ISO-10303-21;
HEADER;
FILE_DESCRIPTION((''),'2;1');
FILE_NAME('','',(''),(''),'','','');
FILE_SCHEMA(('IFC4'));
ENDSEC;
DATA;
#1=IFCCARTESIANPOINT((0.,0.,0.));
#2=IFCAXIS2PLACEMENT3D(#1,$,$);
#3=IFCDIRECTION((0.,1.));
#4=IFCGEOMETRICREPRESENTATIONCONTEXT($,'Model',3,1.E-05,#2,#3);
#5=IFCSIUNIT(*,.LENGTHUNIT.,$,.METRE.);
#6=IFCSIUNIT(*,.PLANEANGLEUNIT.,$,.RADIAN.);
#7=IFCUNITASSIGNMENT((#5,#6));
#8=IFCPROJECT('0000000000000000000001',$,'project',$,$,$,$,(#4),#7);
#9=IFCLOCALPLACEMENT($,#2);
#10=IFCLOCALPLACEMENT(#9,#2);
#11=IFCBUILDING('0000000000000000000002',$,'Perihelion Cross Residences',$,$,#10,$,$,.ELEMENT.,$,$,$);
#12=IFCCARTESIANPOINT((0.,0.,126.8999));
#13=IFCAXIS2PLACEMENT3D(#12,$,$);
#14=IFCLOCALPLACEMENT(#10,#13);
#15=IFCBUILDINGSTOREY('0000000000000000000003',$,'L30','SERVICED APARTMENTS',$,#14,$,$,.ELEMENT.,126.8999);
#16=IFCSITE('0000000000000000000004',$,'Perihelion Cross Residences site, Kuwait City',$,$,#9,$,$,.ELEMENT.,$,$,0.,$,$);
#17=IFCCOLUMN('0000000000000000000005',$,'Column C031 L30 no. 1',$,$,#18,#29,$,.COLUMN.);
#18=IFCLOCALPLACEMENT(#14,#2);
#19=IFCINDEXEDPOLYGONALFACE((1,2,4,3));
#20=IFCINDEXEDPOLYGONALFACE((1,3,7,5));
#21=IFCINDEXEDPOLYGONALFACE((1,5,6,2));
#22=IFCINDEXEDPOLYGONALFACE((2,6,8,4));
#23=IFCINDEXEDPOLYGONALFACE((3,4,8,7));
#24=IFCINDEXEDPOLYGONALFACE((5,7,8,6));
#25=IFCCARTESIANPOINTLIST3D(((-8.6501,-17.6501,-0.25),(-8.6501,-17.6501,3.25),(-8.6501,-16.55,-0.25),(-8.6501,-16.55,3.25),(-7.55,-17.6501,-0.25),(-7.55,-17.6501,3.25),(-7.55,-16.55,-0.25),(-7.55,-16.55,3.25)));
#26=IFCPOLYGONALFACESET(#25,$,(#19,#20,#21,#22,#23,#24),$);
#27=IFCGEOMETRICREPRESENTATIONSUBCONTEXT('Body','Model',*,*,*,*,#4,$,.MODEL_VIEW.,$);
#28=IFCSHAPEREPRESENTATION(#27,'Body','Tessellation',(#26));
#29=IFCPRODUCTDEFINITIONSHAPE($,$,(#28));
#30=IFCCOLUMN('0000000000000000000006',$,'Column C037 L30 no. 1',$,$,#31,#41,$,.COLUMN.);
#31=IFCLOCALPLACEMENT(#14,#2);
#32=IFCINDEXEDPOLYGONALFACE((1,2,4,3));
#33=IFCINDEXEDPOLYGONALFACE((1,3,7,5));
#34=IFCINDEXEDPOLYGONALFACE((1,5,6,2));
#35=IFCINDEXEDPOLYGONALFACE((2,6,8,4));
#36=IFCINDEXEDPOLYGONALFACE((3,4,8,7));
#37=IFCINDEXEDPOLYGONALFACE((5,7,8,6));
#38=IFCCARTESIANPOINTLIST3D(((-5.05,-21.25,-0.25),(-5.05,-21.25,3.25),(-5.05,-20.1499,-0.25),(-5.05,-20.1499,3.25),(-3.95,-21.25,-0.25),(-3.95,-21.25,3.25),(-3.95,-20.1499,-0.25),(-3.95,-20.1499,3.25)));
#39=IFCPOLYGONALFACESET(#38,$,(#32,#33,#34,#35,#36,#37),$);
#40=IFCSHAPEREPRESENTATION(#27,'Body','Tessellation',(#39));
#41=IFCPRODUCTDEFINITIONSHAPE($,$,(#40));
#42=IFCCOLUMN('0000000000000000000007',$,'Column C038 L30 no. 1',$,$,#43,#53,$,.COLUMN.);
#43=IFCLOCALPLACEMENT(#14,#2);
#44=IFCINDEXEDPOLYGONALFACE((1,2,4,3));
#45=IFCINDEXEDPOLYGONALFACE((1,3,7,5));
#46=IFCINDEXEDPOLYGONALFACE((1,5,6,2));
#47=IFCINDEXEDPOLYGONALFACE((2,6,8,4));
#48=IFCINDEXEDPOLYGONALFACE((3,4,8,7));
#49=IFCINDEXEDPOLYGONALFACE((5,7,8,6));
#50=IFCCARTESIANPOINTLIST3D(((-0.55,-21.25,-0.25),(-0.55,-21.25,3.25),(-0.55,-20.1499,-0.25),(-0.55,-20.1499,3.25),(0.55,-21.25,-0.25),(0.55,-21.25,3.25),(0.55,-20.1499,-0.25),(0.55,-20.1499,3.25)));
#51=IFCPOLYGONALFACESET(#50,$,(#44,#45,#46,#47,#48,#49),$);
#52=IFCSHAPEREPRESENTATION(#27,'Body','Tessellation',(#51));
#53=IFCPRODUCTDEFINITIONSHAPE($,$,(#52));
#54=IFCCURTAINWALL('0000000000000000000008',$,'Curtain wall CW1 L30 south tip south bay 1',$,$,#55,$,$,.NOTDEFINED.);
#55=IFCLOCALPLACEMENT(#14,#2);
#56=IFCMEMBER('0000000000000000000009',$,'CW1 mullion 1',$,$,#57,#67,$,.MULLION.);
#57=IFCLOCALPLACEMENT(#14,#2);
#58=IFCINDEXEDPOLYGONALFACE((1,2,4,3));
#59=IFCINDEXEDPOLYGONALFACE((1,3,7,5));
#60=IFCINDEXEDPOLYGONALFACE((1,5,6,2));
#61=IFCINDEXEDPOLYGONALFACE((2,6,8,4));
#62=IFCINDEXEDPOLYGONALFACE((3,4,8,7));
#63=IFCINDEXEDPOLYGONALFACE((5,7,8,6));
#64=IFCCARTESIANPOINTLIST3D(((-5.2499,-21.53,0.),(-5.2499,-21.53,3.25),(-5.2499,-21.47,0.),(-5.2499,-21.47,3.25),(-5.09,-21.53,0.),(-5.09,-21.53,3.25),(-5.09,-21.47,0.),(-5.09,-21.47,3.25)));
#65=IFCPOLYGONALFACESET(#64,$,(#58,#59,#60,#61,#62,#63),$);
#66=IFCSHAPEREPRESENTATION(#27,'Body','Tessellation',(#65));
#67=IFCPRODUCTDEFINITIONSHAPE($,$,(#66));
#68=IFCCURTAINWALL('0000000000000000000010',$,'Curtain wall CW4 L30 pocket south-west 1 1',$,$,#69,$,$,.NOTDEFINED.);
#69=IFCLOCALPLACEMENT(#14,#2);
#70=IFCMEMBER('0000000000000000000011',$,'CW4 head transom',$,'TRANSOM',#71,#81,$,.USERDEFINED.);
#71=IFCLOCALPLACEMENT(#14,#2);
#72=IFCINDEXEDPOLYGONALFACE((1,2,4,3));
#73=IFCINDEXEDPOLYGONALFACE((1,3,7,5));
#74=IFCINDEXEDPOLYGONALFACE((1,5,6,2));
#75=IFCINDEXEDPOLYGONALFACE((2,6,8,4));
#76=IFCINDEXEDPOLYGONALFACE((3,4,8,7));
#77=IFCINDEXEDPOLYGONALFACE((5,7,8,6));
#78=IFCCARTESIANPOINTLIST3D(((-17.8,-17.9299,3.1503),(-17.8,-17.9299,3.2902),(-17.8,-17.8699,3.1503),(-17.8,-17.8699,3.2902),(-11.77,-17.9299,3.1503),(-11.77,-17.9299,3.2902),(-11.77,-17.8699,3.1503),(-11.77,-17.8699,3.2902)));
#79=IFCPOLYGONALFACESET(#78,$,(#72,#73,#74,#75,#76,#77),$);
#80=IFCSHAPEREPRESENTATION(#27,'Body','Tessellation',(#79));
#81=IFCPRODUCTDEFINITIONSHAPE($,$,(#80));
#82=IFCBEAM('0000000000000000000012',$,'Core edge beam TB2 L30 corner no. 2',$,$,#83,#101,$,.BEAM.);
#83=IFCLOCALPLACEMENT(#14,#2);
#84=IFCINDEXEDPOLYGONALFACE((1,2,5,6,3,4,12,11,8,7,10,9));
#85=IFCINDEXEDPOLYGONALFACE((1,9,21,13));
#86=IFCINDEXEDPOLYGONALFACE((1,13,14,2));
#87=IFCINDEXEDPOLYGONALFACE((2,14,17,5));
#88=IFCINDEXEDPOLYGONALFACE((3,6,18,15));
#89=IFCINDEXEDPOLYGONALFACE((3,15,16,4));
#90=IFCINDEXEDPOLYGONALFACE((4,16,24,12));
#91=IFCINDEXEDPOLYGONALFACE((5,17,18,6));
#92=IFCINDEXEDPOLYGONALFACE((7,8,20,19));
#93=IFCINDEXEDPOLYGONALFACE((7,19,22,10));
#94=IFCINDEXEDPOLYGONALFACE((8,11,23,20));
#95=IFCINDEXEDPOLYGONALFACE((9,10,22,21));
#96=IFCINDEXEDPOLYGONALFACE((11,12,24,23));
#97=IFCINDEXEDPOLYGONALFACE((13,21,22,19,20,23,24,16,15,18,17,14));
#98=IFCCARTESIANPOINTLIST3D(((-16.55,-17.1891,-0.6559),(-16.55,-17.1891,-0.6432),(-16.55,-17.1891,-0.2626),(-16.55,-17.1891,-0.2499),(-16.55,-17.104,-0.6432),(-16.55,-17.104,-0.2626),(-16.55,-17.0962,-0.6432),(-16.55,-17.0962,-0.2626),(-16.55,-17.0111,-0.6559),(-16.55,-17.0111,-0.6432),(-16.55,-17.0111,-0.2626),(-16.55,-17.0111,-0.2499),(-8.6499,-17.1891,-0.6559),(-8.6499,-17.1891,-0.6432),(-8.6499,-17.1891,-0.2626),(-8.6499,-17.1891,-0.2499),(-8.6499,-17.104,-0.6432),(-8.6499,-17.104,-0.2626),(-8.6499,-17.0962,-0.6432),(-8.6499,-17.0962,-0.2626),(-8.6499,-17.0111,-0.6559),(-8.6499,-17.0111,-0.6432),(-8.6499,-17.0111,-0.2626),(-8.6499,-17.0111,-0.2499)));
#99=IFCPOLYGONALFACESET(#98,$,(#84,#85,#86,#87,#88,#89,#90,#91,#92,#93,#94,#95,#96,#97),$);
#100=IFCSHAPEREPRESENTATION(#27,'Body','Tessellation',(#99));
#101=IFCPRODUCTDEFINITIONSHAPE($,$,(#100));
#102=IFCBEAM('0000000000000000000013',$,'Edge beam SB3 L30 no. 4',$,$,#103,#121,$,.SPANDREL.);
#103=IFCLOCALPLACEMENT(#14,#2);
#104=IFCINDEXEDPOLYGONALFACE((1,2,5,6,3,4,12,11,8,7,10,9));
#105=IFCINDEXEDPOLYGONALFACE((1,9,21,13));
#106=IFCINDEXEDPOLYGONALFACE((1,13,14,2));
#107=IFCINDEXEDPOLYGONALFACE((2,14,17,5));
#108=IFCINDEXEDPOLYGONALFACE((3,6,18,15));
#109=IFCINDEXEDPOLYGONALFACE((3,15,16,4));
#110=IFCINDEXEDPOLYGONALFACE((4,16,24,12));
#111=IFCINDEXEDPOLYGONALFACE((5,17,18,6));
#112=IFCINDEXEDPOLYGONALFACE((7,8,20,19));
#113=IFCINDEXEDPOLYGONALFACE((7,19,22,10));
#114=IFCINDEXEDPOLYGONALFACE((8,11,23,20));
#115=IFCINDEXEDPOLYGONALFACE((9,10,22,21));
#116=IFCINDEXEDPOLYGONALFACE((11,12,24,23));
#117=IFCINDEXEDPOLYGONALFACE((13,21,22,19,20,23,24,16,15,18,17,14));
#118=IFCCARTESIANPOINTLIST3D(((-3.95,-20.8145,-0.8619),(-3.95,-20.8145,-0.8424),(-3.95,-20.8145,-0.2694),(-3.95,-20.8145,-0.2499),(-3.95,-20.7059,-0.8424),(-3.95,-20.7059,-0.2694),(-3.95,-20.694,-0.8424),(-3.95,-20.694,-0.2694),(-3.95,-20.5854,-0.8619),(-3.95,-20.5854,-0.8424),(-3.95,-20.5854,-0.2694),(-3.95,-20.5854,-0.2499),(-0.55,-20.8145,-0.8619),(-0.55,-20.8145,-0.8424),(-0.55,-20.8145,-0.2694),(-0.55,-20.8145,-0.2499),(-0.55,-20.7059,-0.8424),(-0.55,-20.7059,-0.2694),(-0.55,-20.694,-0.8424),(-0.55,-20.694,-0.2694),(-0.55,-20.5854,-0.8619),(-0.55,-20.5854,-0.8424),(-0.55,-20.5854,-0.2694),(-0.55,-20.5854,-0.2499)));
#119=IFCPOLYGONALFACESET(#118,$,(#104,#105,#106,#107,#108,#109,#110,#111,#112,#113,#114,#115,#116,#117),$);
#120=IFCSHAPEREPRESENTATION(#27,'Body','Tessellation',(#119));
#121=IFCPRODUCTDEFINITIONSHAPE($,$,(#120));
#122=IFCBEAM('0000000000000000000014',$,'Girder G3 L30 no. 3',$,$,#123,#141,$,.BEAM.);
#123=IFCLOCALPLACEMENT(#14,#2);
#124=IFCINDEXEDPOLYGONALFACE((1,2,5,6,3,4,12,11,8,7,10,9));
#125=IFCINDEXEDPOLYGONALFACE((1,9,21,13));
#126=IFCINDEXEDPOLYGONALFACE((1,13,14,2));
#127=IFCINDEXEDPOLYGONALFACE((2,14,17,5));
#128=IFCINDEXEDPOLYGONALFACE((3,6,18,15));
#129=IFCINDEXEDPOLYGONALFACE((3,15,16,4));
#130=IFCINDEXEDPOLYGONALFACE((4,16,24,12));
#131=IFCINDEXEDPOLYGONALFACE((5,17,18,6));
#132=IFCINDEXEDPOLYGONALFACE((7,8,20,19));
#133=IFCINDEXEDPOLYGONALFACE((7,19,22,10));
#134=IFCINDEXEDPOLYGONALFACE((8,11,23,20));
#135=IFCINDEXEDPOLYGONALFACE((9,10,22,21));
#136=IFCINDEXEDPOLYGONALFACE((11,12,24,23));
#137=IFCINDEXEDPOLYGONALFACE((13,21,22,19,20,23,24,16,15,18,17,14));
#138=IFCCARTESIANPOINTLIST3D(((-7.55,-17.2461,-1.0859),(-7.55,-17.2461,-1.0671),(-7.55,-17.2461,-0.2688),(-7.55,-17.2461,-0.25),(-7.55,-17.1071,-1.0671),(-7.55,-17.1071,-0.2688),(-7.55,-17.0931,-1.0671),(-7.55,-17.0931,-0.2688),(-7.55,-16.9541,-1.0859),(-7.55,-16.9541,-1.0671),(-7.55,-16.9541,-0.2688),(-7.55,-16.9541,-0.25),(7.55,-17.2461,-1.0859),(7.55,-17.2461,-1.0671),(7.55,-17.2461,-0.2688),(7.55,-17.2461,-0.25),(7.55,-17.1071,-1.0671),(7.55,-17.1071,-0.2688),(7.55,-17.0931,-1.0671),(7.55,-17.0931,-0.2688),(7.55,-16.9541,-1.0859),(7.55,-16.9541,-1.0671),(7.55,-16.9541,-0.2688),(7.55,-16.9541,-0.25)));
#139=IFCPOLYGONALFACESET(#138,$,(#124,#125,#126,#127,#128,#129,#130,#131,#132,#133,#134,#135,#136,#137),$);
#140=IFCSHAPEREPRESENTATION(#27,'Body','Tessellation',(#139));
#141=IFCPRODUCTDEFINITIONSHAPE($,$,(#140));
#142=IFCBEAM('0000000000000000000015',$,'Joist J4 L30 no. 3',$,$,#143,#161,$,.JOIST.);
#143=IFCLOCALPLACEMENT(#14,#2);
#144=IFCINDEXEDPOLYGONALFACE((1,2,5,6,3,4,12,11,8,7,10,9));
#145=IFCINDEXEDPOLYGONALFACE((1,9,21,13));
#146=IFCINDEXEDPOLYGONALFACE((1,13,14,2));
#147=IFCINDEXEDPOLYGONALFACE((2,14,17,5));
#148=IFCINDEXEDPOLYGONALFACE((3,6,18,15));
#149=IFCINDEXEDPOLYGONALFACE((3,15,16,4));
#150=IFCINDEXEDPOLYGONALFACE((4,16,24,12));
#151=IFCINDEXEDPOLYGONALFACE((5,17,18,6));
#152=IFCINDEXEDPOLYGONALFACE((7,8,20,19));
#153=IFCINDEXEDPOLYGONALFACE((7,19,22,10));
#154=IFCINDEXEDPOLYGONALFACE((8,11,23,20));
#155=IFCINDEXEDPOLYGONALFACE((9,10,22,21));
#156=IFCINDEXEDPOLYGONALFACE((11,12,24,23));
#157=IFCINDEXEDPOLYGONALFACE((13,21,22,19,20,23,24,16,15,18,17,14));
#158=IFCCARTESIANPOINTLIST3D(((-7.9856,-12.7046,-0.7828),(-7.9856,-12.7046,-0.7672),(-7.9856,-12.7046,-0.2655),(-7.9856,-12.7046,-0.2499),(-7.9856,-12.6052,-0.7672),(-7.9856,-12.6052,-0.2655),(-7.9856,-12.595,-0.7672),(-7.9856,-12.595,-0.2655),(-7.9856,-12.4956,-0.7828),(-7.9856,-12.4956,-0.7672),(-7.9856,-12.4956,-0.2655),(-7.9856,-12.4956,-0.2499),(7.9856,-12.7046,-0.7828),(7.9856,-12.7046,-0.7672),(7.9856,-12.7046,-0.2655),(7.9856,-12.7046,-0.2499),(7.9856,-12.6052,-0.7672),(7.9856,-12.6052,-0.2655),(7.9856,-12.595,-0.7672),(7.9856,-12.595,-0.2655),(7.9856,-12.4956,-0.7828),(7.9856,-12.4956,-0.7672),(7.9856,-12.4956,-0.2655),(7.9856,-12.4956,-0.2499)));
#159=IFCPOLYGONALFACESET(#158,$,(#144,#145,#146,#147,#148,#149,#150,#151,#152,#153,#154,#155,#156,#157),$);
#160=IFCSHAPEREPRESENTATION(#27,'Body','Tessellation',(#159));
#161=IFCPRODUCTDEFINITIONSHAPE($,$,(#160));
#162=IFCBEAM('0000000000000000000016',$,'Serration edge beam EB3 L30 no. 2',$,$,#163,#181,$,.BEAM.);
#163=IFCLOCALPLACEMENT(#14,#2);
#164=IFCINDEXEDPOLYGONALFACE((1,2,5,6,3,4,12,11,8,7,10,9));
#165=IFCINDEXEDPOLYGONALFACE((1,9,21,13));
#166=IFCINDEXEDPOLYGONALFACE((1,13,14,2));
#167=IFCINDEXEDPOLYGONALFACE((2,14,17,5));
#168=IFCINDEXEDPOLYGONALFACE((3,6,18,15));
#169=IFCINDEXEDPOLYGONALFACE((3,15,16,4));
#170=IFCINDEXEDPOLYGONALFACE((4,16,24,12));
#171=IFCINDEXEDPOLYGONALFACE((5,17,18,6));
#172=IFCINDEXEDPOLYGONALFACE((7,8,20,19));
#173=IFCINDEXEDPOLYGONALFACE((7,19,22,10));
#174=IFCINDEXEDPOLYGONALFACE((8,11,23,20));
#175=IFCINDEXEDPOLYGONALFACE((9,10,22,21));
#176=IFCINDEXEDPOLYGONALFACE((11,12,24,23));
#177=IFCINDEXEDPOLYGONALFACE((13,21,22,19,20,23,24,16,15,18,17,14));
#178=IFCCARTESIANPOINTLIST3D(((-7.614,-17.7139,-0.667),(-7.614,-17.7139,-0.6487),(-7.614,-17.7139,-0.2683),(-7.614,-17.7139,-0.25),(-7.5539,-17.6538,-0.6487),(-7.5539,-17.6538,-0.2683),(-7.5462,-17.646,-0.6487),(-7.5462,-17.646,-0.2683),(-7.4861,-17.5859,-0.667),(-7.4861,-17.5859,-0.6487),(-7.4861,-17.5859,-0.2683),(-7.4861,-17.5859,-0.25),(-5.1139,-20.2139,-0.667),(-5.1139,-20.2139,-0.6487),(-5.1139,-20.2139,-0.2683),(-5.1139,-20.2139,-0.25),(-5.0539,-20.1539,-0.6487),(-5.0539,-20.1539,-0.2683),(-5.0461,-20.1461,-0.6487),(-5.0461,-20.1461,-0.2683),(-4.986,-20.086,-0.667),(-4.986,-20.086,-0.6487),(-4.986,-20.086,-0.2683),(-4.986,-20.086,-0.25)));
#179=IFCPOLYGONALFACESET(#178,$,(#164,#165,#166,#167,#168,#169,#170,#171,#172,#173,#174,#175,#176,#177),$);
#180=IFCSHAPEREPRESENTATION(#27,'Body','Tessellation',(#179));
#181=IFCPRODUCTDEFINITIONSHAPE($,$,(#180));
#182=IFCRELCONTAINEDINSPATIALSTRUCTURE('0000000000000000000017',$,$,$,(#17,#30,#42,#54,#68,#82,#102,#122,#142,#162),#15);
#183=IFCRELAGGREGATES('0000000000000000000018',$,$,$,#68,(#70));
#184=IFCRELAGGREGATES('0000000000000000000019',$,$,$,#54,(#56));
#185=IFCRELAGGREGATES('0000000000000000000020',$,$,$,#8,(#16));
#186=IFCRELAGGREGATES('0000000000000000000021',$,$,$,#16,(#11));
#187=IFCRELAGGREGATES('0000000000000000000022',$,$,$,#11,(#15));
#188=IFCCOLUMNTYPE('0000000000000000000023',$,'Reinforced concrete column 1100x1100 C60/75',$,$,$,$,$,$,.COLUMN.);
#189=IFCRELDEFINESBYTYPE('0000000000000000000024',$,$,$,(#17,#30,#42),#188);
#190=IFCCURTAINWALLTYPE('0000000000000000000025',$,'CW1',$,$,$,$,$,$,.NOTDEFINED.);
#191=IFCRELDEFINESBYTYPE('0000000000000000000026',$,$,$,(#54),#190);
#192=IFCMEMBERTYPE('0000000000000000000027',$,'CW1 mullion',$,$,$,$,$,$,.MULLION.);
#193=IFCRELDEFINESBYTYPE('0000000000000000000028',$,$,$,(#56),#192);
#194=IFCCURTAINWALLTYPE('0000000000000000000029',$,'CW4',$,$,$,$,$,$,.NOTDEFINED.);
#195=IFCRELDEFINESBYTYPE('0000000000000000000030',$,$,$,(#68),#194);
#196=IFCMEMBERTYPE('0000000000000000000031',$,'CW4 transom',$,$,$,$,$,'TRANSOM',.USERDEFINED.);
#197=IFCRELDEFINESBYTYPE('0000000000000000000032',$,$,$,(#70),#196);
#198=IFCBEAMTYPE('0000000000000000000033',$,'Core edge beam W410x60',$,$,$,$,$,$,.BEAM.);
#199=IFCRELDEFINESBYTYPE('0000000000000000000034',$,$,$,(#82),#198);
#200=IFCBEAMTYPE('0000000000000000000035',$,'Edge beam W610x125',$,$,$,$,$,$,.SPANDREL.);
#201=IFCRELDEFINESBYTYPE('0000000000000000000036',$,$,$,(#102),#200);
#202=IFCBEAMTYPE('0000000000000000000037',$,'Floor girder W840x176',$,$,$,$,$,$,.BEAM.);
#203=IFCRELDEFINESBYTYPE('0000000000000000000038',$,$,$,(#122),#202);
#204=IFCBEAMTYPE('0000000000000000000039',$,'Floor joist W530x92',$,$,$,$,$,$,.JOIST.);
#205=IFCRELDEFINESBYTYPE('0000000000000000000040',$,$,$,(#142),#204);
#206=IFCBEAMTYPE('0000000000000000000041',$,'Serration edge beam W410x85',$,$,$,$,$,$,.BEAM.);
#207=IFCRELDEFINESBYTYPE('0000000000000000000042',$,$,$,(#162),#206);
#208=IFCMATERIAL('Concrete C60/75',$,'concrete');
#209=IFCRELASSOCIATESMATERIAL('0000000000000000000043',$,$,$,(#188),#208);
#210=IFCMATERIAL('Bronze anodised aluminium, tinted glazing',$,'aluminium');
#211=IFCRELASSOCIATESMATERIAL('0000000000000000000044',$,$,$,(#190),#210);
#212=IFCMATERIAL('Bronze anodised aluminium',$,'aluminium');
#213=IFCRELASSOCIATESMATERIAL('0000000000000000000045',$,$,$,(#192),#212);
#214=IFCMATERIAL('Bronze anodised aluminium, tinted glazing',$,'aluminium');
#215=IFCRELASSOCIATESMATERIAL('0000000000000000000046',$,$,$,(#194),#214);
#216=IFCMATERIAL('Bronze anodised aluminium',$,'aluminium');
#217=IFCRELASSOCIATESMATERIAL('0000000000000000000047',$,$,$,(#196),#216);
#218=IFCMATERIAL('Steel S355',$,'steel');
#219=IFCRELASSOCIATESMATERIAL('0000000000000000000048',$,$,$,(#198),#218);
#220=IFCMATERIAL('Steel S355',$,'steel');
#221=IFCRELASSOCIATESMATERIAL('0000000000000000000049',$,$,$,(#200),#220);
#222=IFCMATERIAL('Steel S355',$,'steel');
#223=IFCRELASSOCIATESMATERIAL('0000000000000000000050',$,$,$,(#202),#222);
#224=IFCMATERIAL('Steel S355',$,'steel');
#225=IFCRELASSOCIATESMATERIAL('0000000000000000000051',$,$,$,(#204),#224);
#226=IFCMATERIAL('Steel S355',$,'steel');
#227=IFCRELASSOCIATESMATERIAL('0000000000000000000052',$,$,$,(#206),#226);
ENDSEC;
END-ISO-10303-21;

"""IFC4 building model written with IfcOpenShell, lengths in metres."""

from ifc_helpers import new_model, si_unit, direction, frame, origin, origin_2d, place, context, subcontext, project, spatial, rectangle, i_section, extrude, material, material_profile, profile_set, type_object, element, aggregate, save


model = new_model("IFC4")

# Units and contexts
model_context = context("Model", 3, precision=1e-05, world=origin(), true_north=direction((0.0, 1.0)))
body_context = subcontext(model_context, "Body", "Model", "MODEL_VIEW")
ifc_project = project(units=[si_unit("LENGTHUNIT", "METRE"), si_unit("PLANEANGLEUNIT", "RADIAN")], contexts=[model_context])

# Site, building, storey
site_placement = place(None, origin())
site = spatial("IfcSite", under=ifc_project, at=site_placement, Name="Perihelion Cross Residences site, Kuwait City", CompositionType="ELEMENT", RefElevation=0.0)
building_placement = place(site_placement, origin())
building = spatial("IfcBuilding", under=site, at=building_placement, Name="Perihelion Cross Residences", CompositionType="ELEMENT")
storey_placement = place(building_placement, frame((0.0, 0.0, 126.8999)))
storey = spatial("IfcBuildingStorey", under=building, at=storey_placement, Name="L30", Description="SERVICED APARTMENTS", CompositionType="ELEMENT", Elevation=126.8999)

# Columns
ifc_material_1 = material(Name="Concrete C60/75", Category="concrete")
ifc_material_profile_1 = material_profile(ifc_material_1, rectangle(XDim=1.1001, YDim=1.1001, at=origin_2d()), Name="RC 1100x1100")
ifc_profile_set_1 = profile_set([ifc_material_profile_1], Name="Concrete C60/75")
column_type = type_object("IfcColumnType", Name="Reinforced concrete column 1100x1100 C60/75", PredefinedType="COLUMN", material=ifc_profile_set_1)
for number, where, z_axis, x_axis, name in (
    (1, (-8.1001, -17.1001, -0.25), (0.0, 0.0, 1.0), (1.0, 0.0, 0.0), "Column C031 L30 no. 1"),
    (2, (-4.5, -20.7, -0.25), (0.0, 0.0, 1.0), (1.0, 0.0, 0.0), "Column C037 L30 no. 1"),
    (3, (0.0, -20.7, -0.25), (0.0, 0.0, 1.0), (1.0, 0.0, 0.0), "Column C038 L30 no. 1"),
):
    element("IfcColumn", number, at=place(storey_placement, frame(where, z_axis=z_axis, x_axis=x_axis)), inside=storey, type_object=column_type, Name=name, PredefinedType="COLUMN", context=body_context, shape_type="SweptSolid", body=[
        extrude(rectangle(XDim=1.1001, YDim=1.1001, at=origin_2d()), origin(), (0.0, 0.0, 1.0), 3.5),
    ])

# Curtain walls, members
ifc_material_2 = material(Name="Bronze anodised aluminium, tinted glazing", Category="aluminium")
curtain_wall_type_1 = type_object("IfcCurtainWallType", Name="CW1", PredefinedType="NOTDEFINED", material=ifc_material_2)
curtain_wall_1_placement = place(storey_placement, origin())
curtain_wall_1 = element("IfcCurtainWall", 4, at=curtain_wall_1_placement, inside=storey, type_object=curtain_wall_type_1, Name="Curtain wall CW1 L30 south tip south bay 1", PredefinedType="NOTDEFINED")
ifc_material_3 = material(Name="Bronze anodised aluminium", Category="aluminium")
ifc_material_profile_2 = material_profile(ifc_material_3, rectangle(XDim=0.0601, YDim=0.1599, at=origin_2d()), Name="CW1 mullion")
ifc_profile_set_2 = profile_set([ifc_material_profile_2], Name="Bronze anodised aluminium")
member_type_1 = type_object("IfcMemberType", Name="CW1 mullion", PredefinedType="MULLION", material=ifc_profile_set_2)
member_1_placement = place(storey_placement, frame((-5.1699, -21.5, 0.0), z_axis=(0.0, 0.0, 1.0), x_axis=(0.0, 1.0, 0.0)))
member_1 = element("IfcMember", 5, at=member_1_placement, type_object=member_type_1, Name="CW1 mullion 1", PredefinedType="MULLION", context=body_context, shape_type="SweptSolid", body=[
    extrude(rectangle(XDim=0.0601, YDim=0.1599, at=origin_2d()), origin(), (0.0, 0.0, 1.0), 3.25),
])
ifc_material_4 = material(Name="Bronze anodised aluminium, tinted glazing", Category="aluminium")
curtain_wall_type_2 = type_object("IfcCurtainWallType", Name="CW4", PredefinedType="NOTDEFINED", material=ifc_material_4)
curtain_wall_2_placement = place(storey_placement, origin())
curtain_wall_2 = element("IfcCurtainWall", 6, at=curtain_wall_2_placement, inside=storey, type_object=curtain_wall_type_2, Name="Curtain wall CW4 L30 pocket south-west 1 1", PredefinedType="NOTDEFINED")
ifc_material_5 = material(Name="Bronze anodised aluminium", Category="aluminium")
ifc_material_profile_3 = material_profile(ifc_material_5, rectangle(XDim=0.0601, YDim=0.1399, at=origin_2d()), Name="CW4 transom")
ifc_profile_set_3 = profile_set([ifc_material_profile_3], Name="Bronze anodised aluminium")
member_type_2 = type_object("IfcMemberType", Name="CW4 transom", ElementType="TRANSOM", PredefinedType="USERDEFINED", material=ifc_profile_set_3)
member_2_placement = place(storey_placement, frame((-11.77, -17.8999, 3.2202), z_axis=(-1.0, 0.0, 0.0), x_axis=(0.0, -1.0, 0.0)))
member_2 = element("IfcMember", 7, at=member_2_placement, type_object=member_type_2, Name="CW4 head transom", ObjectType="TRANSOM", PredefinedType="USERDEFINED", context=body_context, shape_type="SweptSolid", body=[
    extrude(rectangle(XDim=0.0601, YDim=0.1399, at=origin_2d()), origin(), (0.0, 0.0, 1.0), 6.03),
])
aggregate(curtain_wall_2, [member_2])

# Beams
ifc_material_6 = material(Name="Steel S355", Category="steel")
ifc_material_profile_4 = material_profile(ifc_material_6, i_section(OverallWidth=0.178, OverallDepth=0.406, WebThickness=0.0078, FlangeThickness=0.0127, at=origin_2d()), Name="W410x60")
ifc_profile_set_4 = profile_set([ifc_material_profile_4], Name="Steel S355")
beam_type_1 = type_object("IfcBeamType", Name="Core edge beam W410x60", PredefinedType="BEAM", material=ifc_profile_set_4)
beam_1_placement = place(storey_placement, frame((-8.6499, -17.1001, -0.4529), z_axis=(-1.0, 0.0, 0.0), x_axis=(0.0, -1.0, 0.0)))
element("IfcBeam", 8, at=beam_1_placement, inside=storey, type_object=beam_type_1, Name="Core edge beam TB2 L30 corner no. 2", PredefinedType="BEAM", context=body_context, shape_type="SweptSolid", body=[
    extrude(i_section(OverallWidth=0.178, OverallDepth=0.406, WebThickness=0.0078, FlangeThickness=0.0127, at=origin_2d()), origin(), (0.0, 0.0, 1.0), 7.9001),
])
ifc_material_7 = material(Name="Steel S355", Category="steel")
ifc_material_profile_5 = material_profile(ifc_material_7, i_section(OverallWidth=0.229, OverallDepth=0.6121, WebThickness=0.012, FlangeThickness=0.0195, at=origin_2d()), Name="W610x125")
ifc_profile_set_5 = profile_set([ifc_material_profile_5], Name="Steel S355")
beam_type_2 = type_object("IfcBeamType", Name="Edge beam W610x125", PredefinedType="SPANDREL", material=ifc_profile_set_5)
beam_2_placement = place(storey_placement, frame((-3.95, -20.7, -0.5559), z_axis=(1.0, 0.0, 0.0), x_axis=(0.0, 1.0, 0.0)))
element("IfcBeam", 9, at=beam_2_placement, inside=storey, type_object=beam_type_2, Name="Edge beam SB3 L30 no. 4", PredefinedType="SPANDREL", context=body_context, shape_type="SweptSolid", body=[
    extrude(i_section(OverallWidth=0.229, OverallDepth=0.6121, WebThickness=0.012, FlangeThickness=0.0195, at=origin_2d()), origin(), (0.0, 0.0, 1.0), 3.3999),
])
ifc_material_8 = material(Name="Steel S355", Category="steel")
ifc_material_profile_6 = material_profile(ifc_material_8, i_section(OverallWidth=0.292, OverallDepth=0.8359, WebThickness=0.0139, FlangeThickness=0.0188, at=origin_2d()), Name="W840x176")
ifc_profile_set_6 = profile_set([ifc_material_profile_6], Name="Steel S355")
beam_type_3 = type_object("IfcBeamType", Name="Floor girder W840x176", PredefinedType="BEAM", material=ifc_profile_set_6)
beam_3_placement = place(storey_placement, frame((-7.55, -17.1001, -0.668), z_axis=(1.0, 0.0, 0.0), x_axis=(0.0, 1.0, 0.0)))
element("IfcBeam", 10, at=beam_3_placement, inside=storey, type_object=beam_type_3, Name="Girder G3 L30 no. 3", PredefinedType="BEAM", context=body_context, shape_type="SweptSolid", body=[
    extrude(i_section(OverallWidth=0.292, OverallDepth=0.8359, WebThickness=0.0139, FlangeThickness=0.0188, at=origin_2d()), origin(), (0.0, 0.0, 1.0), 15.1001),
])
ifc_material_9 = material(Name="Steel S355", Category="steel")
ifc_material_profile_7 = material_profile(ifc_material_9, i_section(OverallWidth=0.209, OverallDepth=0.533, WebThickness=0.0103, FlangeThickness=0.0156, at=origin_2d()), Name="W530x92")
ifc_profile_set_7 = profile_set([ifc_material_profile_7], Name="Steel S355")
beam_type_4 = type_object("IfcBeamType", Name="Floor joist W530x92", PredefinedType="JOIST", material=ifc_profile_set_7)
beam_4_placement = place(storey_placement, frame((-7.9856, -12.6001, -0.5164), z_axis=(1.0, 0.0, 0.0), x_axis=(0.0, 1.0, 0.0)))
element("IfcBeam", 11, at=beam_4_placement, inside=storey, type_object=beam_type_4, Name="Joist J4 L30 no. 3", PredefinedType="JOIST", context=body_context, shape_type="SweptSolid", body=[
    extrude(i_section(OverallWidth=0.209, OverallDepth=0.533, WebThickness=0.0103, FlangeThickness=0.0156, at=origin_2d()), origin(), (0.0, 0.0, 1.0), 15.9712),
])
ifc_material_10 = material(Name="Steel S355", Category="steel")
ifc_material_profile_8 = material_profile(ifc_material_10, i_section(OverallWidth=0.1809, OverallDepth=0.417, WebThickness=0.011, FlangeThickness=0.0183, at=origin_2d()), Name="W410x85")
ifc_profile_set_8 = profile_set([ifc_material_profile_8], Name="Steel S355")
beam_type_5 = type_object("IfcBeamType", Name="Serration edge beam W410x85", PredefinedType="BEAM", material=ifc_profile_set_8)
beam_5_placement = place(storey_placement, frame((-7.55, -17.6499, -0.4585), z_axis=(0.707107, -0.707107, 0.0), x_axis=(0.707107, 0.707107, 0.0)))
element("IfcBeam", 12, at=beam_5_placement, inside=storey, type_object=beam_type_5, Name="Serration edge beam EB3 L30 no. 2", PredefinedType="BEAM", context=body_context, shape_type="SweptSolid", body=[
    extrude(i_section(OverallWidth=0.1809, OverallDepth=0.417, WebThickness=0.011, FlangeThickness=0.0183, at=origin_2d()), origin(), (0.0, 0.0, 1.0), 3.5356),
])

aggregate(curtain_wall_1, [member_1])

save(model, "model.ifc")
